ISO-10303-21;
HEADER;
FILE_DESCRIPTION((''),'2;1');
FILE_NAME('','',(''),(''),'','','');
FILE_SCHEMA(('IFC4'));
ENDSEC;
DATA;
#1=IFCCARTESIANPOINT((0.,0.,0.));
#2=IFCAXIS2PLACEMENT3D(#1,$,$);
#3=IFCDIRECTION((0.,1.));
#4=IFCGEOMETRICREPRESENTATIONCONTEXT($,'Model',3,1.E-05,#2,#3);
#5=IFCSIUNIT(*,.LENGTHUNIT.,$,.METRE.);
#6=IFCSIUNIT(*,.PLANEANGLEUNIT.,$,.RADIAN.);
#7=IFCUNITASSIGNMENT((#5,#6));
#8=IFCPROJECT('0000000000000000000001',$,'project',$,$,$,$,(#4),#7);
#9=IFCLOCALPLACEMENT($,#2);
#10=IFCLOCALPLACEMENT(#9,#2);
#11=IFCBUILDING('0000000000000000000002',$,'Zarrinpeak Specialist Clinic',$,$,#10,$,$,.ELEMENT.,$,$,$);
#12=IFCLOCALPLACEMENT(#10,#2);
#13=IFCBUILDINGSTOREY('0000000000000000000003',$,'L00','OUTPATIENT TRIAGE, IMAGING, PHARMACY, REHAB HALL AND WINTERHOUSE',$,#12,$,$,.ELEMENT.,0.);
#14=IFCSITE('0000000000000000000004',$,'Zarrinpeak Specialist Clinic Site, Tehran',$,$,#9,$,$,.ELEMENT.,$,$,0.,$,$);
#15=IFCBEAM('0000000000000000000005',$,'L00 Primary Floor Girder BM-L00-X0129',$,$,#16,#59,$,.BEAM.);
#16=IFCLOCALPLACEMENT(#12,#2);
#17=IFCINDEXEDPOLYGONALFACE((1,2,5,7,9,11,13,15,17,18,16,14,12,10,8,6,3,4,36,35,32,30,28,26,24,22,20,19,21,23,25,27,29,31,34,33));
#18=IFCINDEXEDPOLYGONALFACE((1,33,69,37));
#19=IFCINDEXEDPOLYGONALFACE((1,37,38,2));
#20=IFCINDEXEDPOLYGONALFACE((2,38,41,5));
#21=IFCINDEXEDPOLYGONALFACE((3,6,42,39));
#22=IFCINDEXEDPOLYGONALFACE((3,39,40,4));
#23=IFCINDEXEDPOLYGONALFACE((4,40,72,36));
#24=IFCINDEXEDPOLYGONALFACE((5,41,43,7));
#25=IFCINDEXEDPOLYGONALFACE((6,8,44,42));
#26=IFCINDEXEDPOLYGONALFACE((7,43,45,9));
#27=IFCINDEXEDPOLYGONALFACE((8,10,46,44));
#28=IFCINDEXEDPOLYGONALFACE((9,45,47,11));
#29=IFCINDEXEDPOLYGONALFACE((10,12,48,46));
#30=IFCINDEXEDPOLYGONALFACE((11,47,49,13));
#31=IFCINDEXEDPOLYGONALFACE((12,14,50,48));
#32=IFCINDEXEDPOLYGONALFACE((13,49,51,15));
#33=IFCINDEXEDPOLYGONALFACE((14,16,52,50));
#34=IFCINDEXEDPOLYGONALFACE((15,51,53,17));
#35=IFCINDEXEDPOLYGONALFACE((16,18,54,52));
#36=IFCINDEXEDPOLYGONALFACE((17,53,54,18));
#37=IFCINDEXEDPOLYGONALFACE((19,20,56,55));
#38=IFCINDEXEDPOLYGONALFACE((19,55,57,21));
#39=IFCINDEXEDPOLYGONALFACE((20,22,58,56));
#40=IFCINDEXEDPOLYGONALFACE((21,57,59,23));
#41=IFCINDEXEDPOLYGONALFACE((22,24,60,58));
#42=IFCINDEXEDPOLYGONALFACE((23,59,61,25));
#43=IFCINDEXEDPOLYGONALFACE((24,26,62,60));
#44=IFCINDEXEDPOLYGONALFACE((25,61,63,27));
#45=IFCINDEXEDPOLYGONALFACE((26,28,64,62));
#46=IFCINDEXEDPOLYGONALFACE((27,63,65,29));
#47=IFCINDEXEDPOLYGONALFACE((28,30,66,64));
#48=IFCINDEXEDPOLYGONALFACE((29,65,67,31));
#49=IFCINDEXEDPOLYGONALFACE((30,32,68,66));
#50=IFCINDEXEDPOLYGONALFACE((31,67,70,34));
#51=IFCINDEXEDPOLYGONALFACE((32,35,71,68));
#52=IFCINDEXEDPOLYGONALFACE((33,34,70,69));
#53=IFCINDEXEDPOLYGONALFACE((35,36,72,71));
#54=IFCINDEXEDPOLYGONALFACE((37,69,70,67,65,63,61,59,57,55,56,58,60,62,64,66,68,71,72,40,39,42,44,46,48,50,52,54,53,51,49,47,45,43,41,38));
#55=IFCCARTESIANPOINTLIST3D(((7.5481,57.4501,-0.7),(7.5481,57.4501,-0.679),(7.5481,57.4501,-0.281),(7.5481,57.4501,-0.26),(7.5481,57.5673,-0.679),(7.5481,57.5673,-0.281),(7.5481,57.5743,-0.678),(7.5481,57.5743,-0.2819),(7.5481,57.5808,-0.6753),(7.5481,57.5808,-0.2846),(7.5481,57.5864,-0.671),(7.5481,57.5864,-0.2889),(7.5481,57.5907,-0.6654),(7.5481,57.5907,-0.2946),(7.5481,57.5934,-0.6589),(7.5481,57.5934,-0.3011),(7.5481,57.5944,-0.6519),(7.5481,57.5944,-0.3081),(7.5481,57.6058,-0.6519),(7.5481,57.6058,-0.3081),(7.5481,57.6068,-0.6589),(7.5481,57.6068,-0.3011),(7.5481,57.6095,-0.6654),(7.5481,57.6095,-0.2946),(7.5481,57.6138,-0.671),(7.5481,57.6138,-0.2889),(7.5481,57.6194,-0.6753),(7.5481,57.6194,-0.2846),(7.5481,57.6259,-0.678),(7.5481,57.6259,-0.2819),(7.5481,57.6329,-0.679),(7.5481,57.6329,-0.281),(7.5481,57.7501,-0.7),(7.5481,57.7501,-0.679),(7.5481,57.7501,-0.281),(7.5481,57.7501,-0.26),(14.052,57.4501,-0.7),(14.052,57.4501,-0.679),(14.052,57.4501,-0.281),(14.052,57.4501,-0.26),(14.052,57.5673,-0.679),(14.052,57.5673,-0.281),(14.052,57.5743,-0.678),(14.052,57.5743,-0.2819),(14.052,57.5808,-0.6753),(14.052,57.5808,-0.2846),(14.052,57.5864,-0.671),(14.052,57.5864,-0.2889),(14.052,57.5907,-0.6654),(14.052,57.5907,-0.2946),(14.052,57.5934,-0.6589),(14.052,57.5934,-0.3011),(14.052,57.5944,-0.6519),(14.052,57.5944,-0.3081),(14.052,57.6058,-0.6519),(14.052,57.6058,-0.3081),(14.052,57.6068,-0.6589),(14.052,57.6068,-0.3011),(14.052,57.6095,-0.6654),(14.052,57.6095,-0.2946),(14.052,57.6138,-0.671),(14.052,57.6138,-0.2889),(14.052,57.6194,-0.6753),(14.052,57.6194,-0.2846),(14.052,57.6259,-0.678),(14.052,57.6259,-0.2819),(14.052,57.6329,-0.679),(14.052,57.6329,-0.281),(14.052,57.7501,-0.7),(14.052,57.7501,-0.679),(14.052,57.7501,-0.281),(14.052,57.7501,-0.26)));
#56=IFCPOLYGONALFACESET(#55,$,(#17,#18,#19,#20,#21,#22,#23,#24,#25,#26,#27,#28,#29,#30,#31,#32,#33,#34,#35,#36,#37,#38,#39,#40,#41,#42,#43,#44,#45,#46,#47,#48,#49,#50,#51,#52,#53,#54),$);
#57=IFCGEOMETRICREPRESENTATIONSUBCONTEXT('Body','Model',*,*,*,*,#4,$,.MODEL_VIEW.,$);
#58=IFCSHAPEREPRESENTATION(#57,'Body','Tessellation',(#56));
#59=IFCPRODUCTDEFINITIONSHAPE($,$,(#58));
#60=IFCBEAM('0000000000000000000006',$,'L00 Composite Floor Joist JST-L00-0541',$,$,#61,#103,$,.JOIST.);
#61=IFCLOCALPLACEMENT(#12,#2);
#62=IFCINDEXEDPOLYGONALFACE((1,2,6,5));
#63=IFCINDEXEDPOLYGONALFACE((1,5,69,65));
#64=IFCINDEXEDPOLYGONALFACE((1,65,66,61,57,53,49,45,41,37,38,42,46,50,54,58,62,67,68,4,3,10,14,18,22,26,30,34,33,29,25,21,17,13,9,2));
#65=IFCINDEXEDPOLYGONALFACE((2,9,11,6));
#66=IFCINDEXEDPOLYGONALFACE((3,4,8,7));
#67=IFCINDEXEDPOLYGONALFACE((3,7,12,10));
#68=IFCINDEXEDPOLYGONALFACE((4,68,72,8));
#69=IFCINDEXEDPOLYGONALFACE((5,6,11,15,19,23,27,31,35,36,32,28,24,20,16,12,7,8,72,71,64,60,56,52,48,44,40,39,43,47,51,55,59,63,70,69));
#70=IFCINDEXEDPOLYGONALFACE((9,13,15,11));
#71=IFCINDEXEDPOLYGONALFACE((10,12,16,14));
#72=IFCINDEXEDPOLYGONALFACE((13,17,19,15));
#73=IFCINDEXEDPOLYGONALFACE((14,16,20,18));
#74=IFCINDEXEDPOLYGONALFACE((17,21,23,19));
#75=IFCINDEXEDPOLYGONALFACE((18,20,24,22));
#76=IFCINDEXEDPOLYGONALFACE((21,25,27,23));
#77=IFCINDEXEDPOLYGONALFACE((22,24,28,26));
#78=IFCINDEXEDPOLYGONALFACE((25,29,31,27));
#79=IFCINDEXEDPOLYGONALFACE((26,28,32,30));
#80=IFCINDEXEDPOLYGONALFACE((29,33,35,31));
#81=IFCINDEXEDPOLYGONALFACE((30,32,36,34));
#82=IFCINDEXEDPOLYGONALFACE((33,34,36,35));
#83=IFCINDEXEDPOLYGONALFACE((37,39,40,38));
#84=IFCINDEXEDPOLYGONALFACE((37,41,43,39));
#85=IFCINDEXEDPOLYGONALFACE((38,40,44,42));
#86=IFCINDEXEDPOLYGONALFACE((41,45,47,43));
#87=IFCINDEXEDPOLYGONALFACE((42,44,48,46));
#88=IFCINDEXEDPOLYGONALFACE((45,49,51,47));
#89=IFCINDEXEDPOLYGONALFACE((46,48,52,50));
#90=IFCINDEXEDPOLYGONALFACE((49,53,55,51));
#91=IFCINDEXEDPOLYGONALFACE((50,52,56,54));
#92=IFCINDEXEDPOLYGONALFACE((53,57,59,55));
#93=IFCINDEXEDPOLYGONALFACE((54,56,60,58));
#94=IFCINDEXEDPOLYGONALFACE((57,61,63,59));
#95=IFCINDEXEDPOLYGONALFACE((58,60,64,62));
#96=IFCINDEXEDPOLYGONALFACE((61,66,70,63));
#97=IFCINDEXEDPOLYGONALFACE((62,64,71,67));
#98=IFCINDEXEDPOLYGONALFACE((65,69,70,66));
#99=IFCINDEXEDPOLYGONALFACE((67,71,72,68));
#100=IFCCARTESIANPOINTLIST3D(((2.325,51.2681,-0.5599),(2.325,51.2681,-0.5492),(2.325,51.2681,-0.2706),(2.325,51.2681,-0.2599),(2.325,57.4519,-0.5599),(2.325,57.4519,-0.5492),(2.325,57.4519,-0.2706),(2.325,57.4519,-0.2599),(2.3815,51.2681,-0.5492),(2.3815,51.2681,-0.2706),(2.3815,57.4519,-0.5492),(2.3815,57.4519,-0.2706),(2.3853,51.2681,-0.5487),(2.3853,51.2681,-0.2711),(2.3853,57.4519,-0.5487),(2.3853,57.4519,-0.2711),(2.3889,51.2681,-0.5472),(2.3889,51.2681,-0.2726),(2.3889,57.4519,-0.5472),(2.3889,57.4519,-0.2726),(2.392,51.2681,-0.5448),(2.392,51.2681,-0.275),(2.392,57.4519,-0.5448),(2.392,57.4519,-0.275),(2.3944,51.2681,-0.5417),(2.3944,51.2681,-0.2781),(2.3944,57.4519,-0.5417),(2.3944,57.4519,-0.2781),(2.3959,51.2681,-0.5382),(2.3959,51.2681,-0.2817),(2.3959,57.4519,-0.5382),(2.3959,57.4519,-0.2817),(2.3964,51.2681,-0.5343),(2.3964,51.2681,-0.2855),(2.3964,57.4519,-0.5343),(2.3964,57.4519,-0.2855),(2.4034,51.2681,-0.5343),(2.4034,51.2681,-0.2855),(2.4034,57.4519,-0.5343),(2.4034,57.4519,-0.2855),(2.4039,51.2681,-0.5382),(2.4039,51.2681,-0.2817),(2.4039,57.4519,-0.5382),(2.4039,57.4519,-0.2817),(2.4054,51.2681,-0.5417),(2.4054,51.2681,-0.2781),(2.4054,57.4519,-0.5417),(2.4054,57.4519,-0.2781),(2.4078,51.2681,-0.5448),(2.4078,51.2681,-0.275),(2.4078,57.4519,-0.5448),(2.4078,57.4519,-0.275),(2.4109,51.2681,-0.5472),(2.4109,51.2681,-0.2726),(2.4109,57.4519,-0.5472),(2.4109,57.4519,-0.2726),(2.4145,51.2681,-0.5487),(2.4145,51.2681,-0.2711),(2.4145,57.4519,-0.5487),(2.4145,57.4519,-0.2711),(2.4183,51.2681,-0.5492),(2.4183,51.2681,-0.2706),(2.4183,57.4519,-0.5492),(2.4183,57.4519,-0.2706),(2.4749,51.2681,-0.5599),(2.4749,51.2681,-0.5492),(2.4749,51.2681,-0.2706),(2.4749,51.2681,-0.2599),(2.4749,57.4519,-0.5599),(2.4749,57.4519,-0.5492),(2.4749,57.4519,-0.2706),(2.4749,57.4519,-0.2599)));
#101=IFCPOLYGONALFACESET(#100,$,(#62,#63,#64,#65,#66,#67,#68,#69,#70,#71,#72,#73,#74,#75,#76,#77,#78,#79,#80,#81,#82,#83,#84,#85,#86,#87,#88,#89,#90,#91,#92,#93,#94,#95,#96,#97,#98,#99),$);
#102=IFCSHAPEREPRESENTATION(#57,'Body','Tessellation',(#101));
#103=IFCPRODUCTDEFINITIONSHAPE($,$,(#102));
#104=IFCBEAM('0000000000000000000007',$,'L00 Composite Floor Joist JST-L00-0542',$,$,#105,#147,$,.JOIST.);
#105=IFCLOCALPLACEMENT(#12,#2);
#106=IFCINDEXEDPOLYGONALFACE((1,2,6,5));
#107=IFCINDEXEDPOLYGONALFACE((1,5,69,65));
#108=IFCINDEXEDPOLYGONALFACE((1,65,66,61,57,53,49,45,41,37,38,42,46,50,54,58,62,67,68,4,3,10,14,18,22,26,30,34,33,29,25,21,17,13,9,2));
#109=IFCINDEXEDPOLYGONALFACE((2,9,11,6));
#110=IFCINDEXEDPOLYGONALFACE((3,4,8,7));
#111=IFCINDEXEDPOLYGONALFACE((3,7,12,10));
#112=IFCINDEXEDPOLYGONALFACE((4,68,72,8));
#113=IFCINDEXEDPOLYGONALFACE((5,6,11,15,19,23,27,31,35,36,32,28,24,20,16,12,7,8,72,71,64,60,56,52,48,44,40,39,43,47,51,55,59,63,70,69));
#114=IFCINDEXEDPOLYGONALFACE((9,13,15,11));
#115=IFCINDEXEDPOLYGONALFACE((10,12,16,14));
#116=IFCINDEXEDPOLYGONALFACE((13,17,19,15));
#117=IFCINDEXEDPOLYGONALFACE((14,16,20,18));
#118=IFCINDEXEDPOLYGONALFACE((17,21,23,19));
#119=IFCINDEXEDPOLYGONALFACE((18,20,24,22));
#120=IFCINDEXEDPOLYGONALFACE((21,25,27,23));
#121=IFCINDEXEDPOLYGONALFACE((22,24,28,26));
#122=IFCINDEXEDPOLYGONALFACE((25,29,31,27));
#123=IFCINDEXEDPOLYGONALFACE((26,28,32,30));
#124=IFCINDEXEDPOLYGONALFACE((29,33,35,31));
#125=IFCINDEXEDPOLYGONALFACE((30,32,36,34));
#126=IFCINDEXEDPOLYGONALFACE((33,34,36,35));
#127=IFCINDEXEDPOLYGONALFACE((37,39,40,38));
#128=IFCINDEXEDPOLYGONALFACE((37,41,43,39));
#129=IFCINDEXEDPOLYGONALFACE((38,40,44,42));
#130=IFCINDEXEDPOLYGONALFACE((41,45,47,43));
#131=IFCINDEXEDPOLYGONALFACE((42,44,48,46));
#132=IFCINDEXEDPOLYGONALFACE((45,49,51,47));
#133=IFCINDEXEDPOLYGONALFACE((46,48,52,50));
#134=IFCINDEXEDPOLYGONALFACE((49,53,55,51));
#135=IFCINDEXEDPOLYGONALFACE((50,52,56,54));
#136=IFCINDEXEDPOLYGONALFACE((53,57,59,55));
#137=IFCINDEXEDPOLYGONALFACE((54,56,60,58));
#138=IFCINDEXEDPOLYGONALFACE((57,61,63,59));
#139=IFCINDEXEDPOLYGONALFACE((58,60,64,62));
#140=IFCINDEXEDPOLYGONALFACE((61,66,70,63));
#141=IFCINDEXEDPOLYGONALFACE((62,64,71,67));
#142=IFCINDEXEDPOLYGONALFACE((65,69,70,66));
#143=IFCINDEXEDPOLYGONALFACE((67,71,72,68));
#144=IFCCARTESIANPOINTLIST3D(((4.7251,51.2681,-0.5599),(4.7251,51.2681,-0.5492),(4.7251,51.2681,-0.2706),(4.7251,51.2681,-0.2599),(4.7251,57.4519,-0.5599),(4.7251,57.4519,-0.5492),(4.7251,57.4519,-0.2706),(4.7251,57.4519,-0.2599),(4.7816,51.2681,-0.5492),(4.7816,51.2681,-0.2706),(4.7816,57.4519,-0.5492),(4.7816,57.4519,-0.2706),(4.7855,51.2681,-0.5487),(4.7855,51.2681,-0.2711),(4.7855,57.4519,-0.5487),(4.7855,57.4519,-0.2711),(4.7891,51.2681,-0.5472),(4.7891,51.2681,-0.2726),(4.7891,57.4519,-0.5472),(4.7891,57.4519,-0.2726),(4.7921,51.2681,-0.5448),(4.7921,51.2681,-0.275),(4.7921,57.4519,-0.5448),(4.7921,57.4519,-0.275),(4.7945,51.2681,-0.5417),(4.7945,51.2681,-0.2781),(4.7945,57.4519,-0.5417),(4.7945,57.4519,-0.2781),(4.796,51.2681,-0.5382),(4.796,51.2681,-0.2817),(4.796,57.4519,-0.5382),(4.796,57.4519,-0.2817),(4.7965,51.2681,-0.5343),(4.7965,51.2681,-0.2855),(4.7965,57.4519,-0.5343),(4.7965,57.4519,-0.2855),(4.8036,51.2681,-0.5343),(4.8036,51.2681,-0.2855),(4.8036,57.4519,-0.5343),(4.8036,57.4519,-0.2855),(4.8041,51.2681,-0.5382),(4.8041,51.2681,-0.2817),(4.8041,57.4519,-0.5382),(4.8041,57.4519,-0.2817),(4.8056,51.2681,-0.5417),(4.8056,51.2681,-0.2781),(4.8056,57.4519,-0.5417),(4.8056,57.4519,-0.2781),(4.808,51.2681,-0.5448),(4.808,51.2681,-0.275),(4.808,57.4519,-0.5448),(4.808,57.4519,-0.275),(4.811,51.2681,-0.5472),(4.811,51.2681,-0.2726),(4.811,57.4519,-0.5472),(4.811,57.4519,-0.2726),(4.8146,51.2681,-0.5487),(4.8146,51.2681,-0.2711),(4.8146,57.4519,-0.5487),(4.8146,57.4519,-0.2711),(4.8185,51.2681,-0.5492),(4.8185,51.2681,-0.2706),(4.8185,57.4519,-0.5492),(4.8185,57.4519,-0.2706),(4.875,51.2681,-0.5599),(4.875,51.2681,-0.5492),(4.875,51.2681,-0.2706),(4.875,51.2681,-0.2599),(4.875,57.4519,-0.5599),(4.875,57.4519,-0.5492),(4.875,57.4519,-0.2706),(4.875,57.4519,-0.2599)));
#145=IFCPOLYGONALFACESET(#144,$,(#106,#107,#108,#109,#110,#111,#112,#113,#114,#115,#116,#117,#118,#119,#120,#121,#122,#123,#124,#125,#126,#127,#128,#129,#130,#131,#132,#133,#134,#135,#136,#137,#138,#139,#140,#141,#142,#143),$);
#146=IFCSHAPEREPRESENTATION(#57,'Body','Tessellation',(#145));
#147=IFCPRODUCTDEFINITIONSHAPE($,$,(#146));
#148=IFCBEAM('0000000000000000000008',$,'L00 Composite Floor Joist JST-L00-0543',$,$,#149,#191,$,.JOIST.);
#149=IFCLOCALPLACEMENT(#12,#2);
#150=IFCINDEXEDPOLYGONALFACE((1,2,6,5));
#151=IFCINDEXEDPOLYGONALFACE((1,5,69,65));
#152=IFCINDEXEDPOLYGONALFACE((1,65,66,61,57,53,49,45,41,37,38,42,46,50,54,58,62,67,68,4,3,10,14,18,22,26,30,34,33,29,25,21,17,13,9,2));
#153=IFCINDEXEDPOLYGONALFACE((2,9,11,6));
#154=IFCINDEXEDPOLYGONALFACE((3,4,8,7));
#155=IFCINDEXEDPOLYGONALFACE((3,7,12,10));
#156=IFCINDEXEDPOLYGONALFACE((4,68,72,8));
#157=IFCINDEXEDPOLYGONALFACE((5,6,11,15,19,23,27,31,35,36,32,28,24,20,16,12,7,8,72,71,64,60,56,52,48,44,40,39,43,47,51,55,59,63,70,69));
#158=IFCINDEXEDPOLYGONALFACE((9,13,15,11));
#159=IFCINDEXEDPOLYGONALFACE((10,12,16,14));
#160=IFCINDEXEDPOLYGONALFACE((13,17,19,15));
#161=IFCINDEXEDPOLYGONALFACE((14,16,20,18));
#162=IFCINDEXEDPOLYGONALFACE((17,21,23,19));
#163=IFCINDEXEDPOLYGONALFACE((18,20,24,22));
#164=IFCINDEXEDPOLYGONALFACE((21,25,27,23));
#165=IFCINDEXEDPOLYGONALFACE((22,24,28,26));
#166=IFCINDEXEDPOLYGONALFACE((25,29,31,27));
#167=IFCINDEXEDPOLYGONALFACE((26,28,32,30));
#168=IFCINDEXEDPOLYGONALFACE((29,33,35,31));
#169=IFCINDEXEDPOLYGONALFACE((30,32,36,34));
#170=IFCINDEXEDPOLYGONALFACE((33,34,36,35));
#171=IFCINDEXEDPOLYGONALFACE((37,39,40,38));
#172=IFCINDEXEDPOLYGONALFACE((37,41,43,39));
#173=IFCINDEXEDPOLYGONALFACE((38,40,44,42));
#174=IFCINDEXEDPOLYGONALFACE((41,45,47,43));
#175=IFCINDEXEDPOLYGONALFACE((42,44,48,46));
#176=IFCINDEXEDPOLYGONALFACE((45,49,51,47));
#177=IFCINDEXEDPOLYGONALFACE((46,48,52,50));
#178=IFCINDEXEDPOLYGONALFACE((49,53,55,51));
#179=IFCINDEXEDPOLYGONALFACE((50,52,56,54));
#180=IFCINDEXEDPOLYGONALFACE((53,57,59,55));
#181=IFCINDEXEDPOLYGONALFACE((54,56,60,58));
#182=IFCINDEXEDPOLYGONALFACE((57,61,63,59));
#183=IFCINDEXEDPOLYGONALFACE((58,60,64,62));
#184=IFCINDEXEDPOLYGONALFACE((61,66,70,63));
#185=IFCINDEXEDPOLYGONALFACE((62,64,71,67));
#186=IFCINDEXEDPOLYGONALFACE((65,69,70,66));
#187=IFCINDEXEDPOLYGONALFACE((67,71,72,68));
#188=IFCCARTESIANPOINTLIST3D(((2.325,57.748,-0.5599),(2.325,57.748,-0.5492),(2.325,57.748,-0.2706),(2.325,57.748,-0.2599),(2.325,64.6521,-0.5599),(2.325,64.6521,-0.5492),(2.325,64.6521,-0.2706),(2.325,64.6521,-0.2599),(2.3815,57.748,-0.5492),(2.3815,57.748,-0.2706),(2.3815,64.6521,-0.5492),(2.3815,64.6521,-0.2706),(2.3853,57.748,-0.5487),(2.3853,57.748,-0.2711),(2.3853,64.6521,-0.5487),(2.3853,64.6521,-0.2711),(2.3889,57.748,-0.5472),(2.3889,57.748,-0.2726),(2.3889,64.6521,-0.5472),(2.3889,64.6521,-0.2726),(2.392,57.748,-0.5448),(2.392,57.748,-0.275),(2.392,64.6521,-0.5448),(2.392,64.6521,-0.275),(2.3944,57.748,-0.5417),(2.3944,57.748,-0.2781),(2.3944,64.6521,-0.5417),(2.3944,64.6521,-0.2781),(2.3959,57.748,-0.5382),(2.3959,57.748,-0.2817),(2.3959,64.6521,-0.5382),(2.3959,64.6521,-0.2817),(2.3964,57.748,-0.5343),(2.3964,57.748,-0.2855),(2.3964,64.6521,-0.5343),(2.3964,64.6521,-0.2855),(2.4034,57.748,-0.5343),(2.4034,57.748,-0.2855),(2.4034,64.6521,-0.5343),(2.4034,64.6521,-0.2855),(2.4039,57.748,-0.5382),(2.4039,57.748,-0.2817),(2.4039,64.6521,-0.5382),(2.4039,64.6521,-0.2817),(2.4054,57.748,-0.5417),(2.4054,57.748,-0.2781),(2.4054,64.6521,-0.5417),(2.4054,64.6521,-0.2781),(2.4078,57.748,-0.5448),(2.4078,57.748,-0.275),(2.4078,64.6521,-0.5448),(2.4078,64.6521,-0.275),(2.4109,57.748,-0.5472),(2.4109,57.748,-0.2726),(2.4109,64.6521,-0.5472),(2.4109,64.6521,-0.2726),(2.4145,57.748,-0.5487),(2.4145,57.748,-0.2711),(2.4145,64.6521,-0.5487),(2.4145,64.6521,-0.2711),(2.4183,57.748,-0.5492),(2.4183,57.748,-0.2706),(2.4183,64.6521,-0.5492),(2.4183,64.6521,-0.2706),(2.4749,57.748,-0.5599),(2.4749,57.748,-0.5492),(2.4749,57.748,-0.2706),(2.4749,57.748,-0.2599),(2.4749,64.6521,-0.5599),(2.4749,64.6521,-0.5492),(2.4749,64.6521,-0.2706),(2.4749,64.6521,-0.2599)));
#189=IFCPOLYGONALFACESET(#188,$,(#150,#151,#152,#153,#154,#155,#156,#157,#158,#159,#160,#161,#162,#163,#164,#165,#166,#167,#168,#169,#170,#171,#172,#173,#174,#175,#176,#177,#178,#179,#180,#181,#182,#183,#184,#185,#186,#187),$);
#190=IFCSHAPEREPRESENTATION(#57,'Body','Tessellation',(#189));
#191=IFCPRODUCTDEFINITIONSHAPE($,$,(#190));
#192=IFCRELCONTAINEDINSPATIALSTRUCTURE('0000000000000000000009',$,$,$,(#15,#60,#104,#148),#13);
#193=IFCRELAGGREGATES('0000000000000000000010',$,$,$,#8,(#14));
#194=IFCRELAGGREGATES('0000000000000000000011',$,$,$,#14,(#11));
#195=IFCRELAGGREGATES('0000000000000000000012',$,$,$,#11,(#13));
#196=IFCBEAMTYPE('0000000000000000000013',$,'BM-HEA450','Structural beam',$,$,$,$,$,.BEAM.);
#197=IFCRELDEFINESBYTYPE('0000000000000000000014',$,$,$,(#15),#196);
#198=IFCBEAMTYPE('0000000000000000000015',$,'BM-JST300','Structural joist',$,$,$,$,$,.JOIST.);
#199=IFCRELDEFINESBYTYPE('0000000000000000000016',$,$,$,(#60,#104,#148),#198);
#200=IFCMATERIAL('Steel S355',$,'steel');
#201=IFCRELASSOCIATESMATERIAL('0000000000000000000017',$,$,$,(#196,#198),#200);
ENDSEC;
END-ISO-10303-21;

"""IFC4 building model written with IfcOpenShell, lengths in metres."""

from ifc_helpers import new_model, si_unit, direction, frame, origin, origin_2d, place, context, subcontext, project, spatial, i_section, extrude, material, material_profile, profile_set, type_object, element, save


model = new_model("IFC4")

# Units and contexts
model_context = context("Model", 3, precision=1e-05, world=origin(), true_north=direction((0.0, 1.0)))
body_context = subcontext(model_context, "Body", "Model", "MODEL_VIEW")
ifc_project = project(units=[si_unit("LENGTHUNIT", "METRE"), si_unit("PLANEANGLEUNIT", "RADIAN")], contexts=[model_context])

# Site, building, storey
site_placement = place(None, origin())
site = spatial("IfcSite", under=ifc_project, at=site_placement, Name="Zarrinpeak Specialist Clinic Site, Tehran", CompositionType="ELEMENT", RefElevation=0.0)
building_placement = place(site_placement, origin())
building = spatial("IfcBuilding", under=site, at=building_placement, Name="Zarrinpeak Specialist Clinic", CompositionType="ELEMENT")
storey_placement = place(building_placement, origin())
storey = spatial("IfcBuildingStorey", under=building, at=storey_placement, Name="L00", Description="OUTPATIENT TRIAGE, IMAGING, PHARMACY, REHAB HALL AND WINTERHOUSE", CompositionType="ELEMENT", Elevation=0.0)

# Shared definitions
ifc_material_1 = material(Name="Steel S355", Category="steel")

# Beams
ifc_material_profile_1 = material_profile(ifc_material_1, i_section(OverallWidth=0.3, OverallDepth=0.4399, WebThickness=0.0115, FlangeThickness=0.021, FilletRadius=0.0271, at=origin_2d()), Name="HEA 450")
ifc_profile_set_1 = profile_set([ifc_material_profile_1], Name="Steel S355")
beam_type_1 = type_object("IfcBeamType", Name="BM-HEA450", Description="Structural beam", PredefinedType="BEAM", material=ifc_profile_set_1)
beam_1_placement = place(storey_placement, frame((7.5481, 57.6001, -0.48), z_axis=(1.0, 0.0, 0.0), x_axis=(0.0, 1.0, 0.0)))
element("IfcBeam", 1, at=beam_1_placement, inside=storey, type_object=beam_type_1, Name="L00 Primary Floor Girder BM-L00-X0129", PredefinedType="BEAM", context=body_context, shape_type="SweptSolid", body=[
    extrude(i_section(OverallWidth=0.3, OverallDepth=0.4399, WebThickness=0.0115, FlangeThickness=0.021, FilletRadius=0.0271, at=origin_2d()), origin(), (0.0, 0.0, 1.0), 6.5039),
])
ifc_material_profile_2 = material_profile(ifc_material_1, i_section(OverallWidth=0.1499, OverallDepth=0.3, WebThickness=0.0071, FlangeThickness=0.0107, FilletRadius=0.0149, at=origin_2d()), Name="IPE 300")
ifc_profile_set_2 = profile_set([ifc_material_profile_2], Name="Steel S355")
beam_type_2 = type_object("IfcBeamType", Name="BM-JST300", Description="Structural joist", PredefinedType="JOIST", material=ifc_profile_set_2)
for number, where, z_axis, x_axis, name in (
    (2, (2.3999, 51.2681, -0.4099), (0.0, 1.0, 0.0), (-1.0, 0.0, 0.0), "L00 Composite Floor Joist JST-L00-0541"),
    (3, (4.8, 51.2681, -0.4099), (0.0, 1.0, 0.0), (-1.0, 0.0, 0.0), "L00 Composite Floor Joist JST-L00-0542"),
):
    element("IfcBeam", number, at=place(storey_placement, frame(where, z_axis=z_axis, x_axis=x_axis)), inside=storey, type_object=beam_type_2, Name=name, PredefinedType="JOIST", context=body_context, shape_type="SweptSolid", body=[
        extrude(i_section(OverallWidth=0.1499, OverallDepth=0.3, WebThickness=0.0071, FlangeThickness=0.0107, FilletRadius=0.0149, at=origin_2d()), origin(), (0.0, 0.0, 1.0), 6.1838),
    ])
for number, where, z_axis, x_axis, name in (
    (4, (2.3999, 57.748, -0.4099), (0.0, 1.0, 0.0), (-1.0, 0.0, 0.0), "L00 Composite Floor Joist JST-L00-0543"),
):
    element("IfcBeam", number, at=place(storey_placement, frame(where, z_axis=z_axis, x_axis=x_axis)), inside=storey, type_object=beam_type_2, Name=name, PredefinedType="JOIST", context=body_context, shape_type="SweptSolid", body=[
        extrude(i_section(OverallWidth=0.1499, OverallDepth=0.3, WebThickness=0.0071, FlangeThickness=0.0107, FilletRadius=0.0149, at=origin_2d()), origin(), (0.0, 0.0, 1.0), 6.9041),
    ])

save(model, "model.ifc")
